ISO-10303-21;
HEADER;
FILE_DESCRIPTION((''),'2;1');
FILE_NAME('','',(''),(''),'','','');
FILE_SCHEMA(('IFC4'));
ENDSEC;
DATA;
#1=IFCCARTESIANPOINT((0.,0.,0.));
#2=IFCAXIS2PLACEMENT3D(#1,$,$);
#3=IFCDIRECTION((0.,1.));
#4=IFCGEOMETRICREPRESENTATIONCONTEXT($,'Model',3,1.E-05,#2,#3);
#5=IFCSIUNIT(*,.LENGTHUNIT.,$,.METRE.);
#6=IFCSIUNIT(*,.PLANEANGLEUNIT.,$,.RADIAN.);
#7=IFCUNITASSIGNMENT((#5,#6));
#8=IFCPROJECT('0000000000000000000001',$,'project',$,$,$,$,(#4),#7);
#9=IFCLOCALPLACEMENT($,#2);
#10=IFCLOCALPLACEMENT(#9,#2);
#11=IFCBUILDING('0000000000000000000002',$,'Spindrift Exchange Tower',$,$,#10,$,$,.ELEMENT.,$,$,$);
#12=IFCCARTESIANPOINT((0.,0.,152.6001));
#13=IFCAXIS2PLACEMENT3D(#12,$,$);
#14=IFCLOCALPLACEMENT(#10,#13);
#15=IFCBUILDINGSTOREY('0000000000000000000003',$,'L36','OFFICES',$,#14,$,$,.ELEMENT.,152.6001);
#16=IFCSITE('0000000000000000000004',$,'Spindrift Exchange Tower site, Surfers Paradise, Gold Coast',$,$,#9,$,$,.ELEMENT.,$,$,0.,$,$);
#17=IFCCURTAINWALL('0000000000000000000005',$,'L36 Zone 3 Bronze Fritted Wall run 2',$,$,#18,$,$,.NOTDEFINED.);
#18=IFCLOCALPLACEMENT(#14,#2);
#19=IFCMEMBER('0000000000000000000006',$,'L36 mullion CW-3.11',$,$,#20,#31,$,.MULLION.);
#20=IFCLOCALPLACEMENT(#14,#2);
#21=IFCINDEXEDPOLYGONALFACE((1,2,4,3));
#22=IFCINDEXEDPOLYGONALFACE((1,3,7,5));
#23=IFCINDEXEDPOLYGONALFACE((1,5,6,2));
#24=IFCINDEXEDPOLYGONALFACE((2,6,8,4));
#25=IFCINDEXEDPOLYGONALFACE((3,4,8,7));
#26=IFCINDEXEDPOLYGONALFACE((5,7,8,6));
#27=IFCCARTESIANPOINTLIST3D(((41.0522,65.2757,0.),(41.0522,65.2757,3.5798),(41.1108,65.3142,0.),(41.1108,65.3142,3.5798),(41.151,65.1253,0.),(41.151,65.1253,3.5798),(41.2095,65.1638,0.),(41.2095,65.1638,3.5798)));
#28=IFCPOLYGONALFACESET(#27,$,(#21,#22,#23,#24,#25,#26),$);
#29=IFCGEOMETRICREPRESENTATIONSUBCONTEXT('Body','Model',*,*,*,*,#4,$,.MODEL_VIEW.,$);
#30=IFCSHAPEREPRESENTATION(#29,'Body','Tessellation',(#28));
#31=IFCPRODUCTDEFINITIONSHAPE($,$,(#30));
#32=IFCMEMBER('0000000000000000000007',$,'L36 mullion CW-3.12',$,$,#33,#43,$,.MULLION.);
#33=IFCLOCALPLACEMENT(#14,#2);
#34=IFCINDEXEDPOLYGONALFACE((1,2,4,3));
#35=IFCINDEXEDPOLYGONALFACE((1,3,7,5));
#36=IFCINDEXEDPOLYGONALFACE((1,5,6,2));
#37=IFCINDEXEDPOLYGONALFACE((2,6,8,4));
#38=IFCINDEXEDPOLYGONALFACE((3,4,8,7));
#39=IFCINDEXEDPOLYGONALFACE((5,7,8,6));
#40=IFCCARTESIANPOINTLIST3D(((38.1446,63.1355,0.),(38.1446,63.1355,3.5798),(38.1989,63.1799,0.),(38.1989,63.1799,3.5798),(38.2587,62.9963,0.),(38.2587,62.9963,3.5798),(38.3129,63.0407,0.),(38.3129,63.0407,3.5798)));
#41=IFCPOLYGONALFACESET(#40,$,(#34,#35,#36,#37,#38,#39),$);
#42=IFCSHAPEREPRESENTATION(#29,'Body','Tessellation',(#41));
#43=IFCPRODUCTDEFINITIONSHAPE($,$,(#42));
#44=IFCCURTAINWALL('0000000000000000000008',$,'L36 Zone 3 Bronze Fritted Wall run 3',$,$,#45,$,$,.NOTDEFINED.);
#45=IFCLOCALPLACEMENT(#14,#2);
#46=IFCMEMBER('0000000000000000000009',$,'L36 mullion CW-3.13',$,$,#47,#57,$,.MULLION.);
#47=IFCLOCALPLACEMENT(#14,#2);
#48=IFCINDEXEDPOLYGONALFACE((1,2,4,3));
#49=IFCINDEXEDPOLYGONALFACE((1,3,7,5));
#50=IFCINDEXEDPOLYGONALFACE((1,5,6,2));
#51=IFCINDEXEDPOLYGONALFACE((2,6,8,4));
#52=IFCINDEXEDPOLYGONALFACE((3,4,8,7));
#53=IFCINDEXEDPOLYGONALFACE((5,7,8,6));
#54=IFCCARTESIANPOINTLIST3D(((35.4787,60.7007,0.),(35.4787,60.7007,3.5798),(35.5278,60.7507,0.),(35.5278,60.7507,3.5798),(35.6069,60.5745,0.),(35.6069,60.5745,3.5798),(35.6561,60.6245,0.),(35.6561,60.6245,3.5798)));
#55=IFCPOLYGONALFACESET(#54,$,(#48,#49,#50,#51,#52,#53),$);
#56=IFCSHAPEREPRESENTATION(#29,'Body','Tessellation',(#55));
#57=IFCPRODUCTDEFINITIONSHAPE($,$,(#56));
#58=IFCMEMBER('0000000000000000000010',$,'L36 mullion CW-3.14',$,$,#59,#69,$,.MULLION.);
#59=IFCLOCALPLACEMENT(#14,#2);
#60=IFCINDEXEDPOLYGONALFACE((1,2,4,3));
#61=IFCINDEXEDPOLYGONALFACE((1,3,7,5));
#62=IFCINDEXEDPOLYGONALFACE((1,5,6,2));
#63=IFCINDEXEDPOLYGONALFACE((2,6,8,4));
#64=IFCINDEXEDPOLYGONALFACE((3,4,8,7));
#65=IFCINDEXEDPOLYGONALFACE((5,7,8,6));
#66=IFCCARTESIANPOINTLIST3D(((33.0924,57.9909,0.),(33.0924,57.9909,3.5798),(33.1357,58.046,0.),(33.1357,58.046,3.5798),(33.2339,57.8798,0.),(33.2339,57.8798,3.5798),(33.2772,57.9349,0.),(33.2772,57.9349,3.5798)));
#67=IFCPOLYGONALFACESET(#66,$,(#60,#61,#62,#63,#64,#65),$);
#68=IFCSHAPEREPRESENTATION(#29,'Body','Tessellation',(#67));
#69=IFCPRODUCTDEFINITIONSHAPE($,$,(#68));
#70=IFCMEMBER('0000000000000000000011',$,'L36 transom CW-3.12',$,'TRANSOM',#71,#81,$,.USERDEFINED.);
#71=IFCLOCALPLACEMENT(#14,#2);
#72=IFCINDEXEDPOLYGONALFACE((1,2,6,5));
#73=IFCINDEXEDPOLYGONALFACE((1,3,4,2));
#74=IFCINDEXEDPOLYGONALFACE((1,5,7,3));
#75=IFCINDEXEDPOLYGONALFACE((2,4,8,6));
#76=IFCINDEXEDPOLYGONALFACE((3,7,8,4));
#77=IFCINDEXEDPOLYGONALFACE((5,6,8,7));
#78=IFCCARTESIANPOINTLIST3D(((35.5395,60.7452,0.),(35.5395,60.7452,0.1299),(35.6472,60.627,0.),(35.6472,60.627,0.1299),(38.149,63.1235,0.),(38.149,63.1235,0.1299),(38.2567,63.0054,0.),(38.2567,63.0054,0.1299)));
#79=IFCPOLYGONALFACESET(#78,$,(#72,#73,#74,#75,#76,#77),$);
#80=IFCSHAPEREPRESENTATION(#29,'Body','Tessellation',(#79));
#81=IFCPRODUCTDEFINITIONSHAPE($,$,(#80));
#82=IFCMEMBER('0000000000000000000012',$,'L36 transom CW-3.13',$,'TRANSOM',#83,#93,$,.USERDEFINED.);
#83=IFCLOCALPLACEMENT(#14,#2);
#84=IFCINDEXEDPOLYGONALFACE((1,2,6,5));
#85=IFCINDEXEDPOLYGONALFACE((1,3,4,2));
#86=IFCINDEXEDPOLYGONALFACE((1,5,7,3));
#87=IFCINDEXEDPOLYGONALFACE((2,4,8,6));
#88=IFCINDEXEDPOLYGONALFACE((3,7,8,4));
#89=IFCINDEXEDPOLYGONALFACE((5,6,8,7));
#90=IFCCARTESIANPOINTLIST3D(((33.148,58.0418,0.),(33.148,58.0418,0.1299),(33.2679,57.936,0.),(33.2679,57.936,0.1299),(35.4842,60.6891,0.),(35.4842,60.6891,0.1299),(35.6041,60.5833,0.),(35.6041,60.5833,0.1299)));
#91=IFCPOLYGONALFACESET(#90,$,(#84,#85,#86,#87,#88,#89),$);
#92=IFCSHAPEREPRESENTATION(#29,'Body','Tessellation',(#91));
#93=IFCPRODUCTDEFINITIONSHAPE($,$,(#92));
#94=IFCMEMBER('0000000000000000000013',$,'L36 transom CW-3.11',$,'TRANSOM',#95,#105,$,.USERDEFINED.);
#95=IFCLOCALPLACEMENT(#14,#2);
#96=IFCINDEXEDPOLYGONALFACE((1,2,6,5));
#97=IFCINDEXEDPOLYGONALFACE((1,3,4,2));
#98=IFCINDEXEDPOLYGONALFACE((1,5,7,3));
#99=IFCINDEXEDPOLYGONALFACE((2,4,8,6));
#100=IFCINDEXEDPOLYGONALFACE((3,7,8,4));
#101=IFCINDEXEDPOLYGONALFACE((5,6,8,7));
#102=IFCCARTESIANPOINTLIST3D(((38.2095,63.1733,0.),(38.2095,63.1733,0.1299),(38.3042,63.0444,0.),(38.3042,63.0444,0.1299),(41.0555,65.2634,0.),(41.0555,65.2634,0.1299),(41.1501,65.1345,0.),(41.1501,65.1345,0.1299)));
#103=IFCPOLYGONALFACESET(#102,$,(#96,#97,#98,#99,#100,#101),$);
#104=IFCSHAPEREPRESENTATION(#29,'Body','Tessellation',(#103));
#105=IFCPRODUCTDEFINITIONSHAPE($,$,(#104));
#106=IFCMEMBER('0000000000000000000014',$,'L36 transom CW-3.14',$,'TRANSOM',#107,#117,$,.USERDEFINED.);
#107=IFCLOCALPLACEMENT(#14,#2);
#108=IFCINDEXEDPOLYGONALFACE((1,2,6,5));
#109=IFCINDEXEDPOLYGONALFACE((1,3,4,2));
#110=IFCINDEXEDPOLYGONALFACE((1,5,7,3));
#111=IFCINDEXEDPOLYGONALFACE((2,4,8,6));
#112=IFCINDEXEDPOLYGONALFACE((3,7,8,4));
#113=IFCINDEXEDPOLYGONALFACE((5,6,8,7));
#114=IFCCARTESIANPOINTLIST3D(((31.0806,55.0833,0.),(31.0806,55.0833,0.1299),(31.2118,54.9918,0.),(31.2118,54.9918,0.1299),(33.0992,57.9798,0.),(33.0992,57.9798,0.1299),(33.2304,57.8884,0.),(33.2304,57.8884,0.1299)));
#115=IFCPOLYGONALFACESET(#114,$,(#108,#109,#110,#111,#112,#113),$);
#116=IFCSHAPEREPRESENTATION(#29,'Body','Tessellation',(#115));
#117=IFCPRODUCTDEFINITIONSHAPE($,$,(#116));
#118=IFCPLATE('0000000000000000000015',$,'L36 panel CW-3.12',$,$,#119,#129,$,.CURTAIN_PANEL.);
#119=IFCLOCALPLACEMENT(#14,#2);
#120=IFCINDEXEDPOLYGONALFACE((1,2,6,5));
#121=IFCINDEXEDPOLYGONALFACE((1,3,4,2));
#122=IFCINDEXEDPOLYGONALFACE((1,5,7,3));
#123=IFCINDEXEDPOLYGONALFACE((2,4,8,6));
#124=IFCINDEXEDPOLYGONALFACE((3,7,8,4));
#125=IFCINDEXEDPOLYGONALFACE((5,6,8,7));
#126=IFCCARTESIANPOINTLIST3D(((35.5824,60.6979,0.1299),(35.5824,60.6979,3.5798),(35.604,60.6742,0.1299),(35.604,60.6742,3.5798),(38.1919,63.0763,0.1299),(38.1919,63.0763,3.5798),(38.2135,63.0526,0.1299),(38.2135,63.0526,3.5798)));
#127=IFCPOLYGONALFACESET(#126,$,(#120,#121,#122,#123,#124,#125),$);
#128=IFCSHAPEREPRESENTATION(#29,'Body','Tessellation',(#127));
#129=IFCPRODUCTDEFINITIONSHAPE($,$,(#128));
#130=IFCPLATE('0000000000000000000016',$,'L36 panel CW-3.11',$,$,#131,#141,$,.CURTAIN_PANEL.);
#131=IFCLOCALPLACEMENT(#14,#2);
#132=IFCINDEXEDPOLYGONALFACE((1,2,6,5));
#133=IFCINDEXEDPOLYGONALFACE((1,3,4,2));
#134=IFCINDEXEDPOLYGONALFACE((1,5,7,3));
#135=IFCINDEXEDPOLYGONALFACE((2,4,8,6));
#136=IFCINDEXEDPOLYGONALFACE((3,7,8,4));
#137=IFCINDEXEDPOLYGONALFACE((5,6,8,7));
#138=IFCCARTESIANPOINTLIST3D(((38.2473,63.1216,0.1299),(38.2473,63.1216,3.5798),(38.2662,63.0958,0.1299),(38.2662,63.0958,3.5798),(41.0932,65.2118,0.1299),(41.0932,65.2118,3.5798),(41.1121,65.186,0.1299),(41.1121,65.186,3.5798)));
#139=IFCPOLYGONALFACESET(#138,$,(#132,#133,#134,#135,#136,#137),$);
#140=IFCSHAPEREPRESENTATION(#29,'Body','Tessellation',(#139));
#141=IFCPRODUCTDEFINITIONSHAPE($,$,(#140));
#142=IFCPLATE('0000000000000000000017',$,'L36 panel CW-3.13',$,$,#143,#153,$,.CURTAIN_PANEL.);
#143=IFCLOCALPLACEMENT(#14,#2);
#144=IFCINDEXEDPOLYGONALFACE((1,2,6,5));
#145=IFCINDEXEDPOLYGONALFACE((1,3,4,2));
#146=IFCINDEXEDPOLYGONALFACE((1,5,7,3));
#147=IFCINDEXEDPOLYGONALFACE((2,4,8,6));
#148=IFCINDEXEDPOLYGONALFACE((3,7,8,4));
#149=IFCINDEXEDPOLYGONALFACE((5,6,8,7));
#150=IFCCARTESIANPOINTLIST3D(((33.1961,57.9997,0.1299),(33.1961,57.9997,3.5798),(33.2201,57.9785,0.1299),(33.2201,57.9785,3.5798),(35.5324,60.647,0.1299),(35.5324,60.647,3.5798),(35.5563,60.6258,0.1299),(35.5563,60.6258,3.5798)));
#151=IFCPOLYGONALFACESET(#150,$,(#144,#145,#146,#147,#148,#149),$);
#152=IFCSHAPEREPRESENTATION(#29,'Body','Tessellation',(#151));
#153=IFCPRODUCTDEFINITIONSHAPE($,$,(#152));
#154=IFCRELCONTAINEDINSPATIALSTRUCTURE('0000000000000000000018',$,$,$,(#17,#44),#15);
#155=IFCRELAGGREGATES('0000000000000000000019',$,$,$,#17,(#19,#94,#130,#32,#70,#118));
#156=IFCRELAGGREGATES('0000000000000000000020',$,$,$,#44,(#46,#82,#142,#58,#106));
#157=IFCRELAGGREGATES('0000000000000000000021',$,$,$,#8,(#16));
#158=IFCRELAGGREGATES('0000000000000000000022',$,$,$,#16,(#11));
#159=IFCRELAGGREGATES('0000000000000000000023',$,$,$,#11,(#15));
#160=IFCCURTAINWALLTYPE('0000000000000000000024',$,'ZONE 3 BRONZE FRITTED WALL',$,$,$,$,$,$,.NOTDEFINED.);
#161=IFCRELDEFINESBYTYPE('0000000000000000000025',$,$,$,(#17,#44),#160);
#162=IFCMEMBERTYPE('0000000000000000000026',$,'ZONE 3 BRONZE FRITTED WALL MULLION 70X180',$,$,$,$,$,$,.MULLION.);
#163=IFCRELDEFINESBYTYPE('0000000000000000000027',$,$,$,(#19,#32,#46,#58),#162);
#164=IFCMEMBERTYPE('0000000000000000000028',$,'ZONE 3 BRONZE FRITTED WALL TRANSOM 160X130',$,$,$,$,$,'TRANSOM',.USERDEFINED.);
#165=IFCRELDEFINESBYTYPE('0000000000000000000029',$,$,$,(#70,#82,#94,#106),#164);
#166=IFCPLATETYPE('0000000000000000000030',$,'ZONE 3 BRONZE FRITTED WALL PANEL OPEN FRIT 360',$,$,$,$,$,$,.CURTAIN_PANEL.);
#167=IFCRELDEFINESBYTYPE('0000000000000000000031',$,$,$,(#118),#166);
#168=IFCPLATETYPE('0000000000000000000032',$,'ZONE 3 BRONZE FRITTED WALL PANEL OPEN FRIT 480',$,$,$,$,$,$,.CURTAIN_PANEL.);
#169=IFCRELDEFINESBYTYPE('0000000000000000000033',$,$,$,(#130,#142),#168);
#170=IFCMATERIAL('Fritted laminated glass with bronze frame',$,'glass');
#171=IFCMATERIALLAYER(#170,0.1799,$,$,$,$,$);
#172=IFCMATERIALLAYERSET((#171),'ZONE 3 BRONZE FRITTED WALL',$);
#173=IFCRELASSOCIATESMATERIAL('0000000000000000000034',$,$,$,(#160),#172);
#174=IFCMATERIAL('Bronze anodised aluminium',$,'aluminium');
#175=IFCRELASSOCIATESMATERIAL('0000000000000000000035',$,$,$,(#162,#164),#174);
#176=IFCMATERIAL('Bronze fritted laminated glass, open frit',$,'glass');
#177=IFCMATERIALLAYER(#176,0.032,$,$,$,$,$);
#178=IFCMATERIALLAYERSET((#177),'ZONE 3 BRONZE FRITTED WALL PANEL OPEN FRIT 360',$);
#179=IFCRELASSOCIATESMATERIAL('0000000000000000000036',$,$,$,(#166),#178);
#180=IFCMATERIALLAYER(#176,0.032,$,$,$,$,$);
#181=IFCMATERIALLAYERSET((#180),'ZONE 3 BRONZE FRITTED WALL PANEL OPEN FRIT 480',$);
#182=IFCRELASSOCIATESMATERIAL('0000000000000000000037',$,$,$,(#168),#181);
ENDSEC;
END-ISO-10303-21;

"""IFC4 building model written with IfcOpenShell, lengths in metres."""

from ifc_helpers import new_model, si_unit, direction, frame, origin, origin_2d, place, context, subcontext, project, spatial, rectangle, extrude, source, transform, mapped, material, layer, layer_set, material_profile, profile_set, type_object, element, aggregate, save


model = new_model("IFC4")

# Units and contexts
model_context = context("Model", 3, precision=1e-05, world=origin(), true_north=direction((0.0, 1.0)))
body_context = subcontext(model_context, "Body", "Model", "MODEL_VIEW")
ifc_project = project(units=[si_unit("LENGTHUNIT", "METRE"), si_unit("PLANEANGLEUNIT", "RADIAN")], contexts=[model_context])

# Site, building, storey
site_placement = place(None, origin())
site = spatial("IfcSite", under=ifc_project, at=site_placement, Name="Spindrift Exchange Tower site, Surfers Paradise, Gold Coast", CompositionType="ELEMENT", RefElevation=0.0)
building_placement = place(site_placement, origin())
building = spatial("IfcBuilding", under=site, at=building_placement, Name="Spindrift Exchange Tower", CompositionType="ELEMENT")
storey_placement = place(building_placement, frame((0.0, 0.0, 152.6001)))
storey = spatial("IfcBuildingStorey", under=building, at=storey_placement, Name="L36", Description="OFFICES", CompositionType="ELEMENT", Elevation=152.6001)

# Curtain walls, members
ifc_material_1 = material(Name="Fritted laminated glass with bronze frame", Category="glass")
ifc_layer_1 = layer(ifc_material_1, 0.1799)
ifc_layer_set_1 = layer_set([ifc_layer_1], Name="ZONE 3 BRONZE FRITTED WALL")
curtain_wall_type = type_object("IfcCurtainWallType", Name="ZONE 3 BRONZE FRITTED WALL", PredefinedType="NOTDEFINED", material=ifc_layer_set_1)
curtain_wall_1_placement = place(storey_placement, origin())
curtain_wall_1 = element("IfcCurtainWall", 1, at=curtain_wall_1_placement, inside=storey, type_object=curtain_wall_type, Name="L36 Zone 3 Bronze Fritted Wall run 2", PredefinedType="NOTDEFINED")
ifc_material_2 = material(Name="Bronze anodised aluminium", Category="aluminium")
ifc_material_profile_1 = material_profile(ifc_material_2, rectangle(XDim=0.0701, YDim=0.1799, at=origin_2d()), Name="ZONE 3 BRONZE FRITTED WALL MULLION 70X180")
ifc_profile_set_1 = profile_set([ifc_material_profile_1], Name="Bronze anodised aluminium")
member_type_1 = type_object("IfcMemberType", Name="ZONE 3 BRONZE FRITTED WALL MULLION 70X180", PredefinedType="MULLION", material=ifc_profile_set_1)
shared_shape_1 = source(origin(), body_context, "Body", "SweptSolid", [
    extrude(rectangle(XDim=0.0701, YDim=0.1799, at=origin_2d()), origin(), (0.0, 0.0, 1.0), 3.5798),
])
member_1_placement = place(storey_placement, frame((41.1309, 65.2197, 0.0), z_axis=(0.0, 0.0, 1.0), x_axis=(-0.835917, -0.548856, 0.0)))
member_1 = element("IfcMember", 2, at=member_1_placement, type_object=member_type_1, Name="L36 mullion CW-3.11", PredefinedType="MULLION", context=body_context, shape_type="MappedRepresentation", body=[
    mapped(shared_shape_1, transform((0.0, 0.0, 0.0), scale=1.0)),
])
member_2_placement = place(storey_placement, frame((38.2288, 63.0881, 0.0), z_axis=(0.0, 0.0, 1.0), x_axis=(-0.773599, -0.633675, 0.0)))
member_2 = element("IfcMember", 3, at=member_2_placement, type_object=member_type_1, Name="L36 mullion CW-3.12", PredefinedType="MULLION", context=body_context, shape_type="MappedRepresentation", body=[
    mapped(shared_shape_1, transform((0.0, 0.0, 0.0), scale=1.0)),
])
curtain_wall_2_placement = place(storey_placement, origin())
curtain_wall_2 = element("IfcCurtainWall", 4, at=curtain_wall_2_placement, inside=storey, type_object=curtain_wall_type, Name="L36 Zone 3 Bronze Fritted Wall run 3", PredefinedType="NOTDEFINED")
member_3_placement = place(storey_placement, frame((35.5674, 60.6626, 0.0), z_axis=(0.0, 0.0, 1.0), x_axis=(-0.701416, -0.712752, 0.0)))
member_3 = element("IfcMember", 5, at=member_3_placement, type_object=member_type_1, Name="L36 mullion CW-3.13", PredefinedType="MULLION", context=body_context, shape_type="MappedRepresentation", body=[
    mapped(shared_shape_1, transform((0.0, 0.0, 0.0), scale=1.0)),
])
member_4_placement = place(storey_placement, frame((33.1848, 57.9629, 0.0), z_axis=(0.0, 0.0, 1.0), x_axis=(-0.617748, -0.786376, 0.0)))
member_4 = element("IfcMember", 6, at=member_4_placement, type_object=member_type_1, Name="L36 mullion CW-3.14", PredefinedType="MULLION", context=body_context, shape_type="MappedRepresentation", body=[
    mapped(shared_shape_1, transform((0.0, 0.0, 0.0), scale=1.0)),
])

# Members
ifc_material_profile_2 = material_profile(ifc_material_2, rectangle(XDim=0.1599, YDim=0.1299, at=origin_2d()), Name="ZONE 3 BRONZE FRITTED WALL TRANSOM 160X130")
ifc_profile_set_2 = profile_set([ifc_material_profile_2], Name="Bronze anodised aluminium")
member_type_2 = type_object("IfcMemberType", Name="ZONE 3 BRONZE FRITTED WALL TRANSOM 160X130", ElementType="TRANSOM", PredefinedType="USERDEFINED", material=ifc_profile_set_2)
shared_shape_2 = source(origin(), body_context, "Body", "SweptSolid", [
    extrude(rectangle(XDim=0.1599, YDim=0.1299, at=origin_2d()), origin(), (0.0, 0.0, 1.0), 3.5308),
])
member_5_placement = place(storey_placement, frame((38.2029, 63.0645, 0.0649), z_axis=(-0.739088, -0.673608, 0.0), x_axis=(0.673608, -0.739088, 0.0)))
member_5 = element("IfcMember", 7, at=member_5_placement, type_object=member_type_2, Name="L36 transom CW-3.12", ObjectType="TRANSOM", PredefinedType="USERDEFINED", context=body_context, shape_type="MappedRepresentation", body=[
    mapped(shared_shape_2, transform((0.0, 0.0, 0.0), scale=1.0)),
])
member_6_placement = place(storey_placement, frame((35.5442, 60.6362, 0.0649), z_axis=(-0.661686, -0.749781, 0.0), x_axis=(0.749781, -0.661686, 0.0)))
member_6 = element("IfcMember", 8, at=member_6_placement, type_object=member_type_2, Name="L36 transom CW-3.13", ObjectType="TRANSOM", PredefinedType="USERDEFINED", context=body_context, shape_type="MappedRepresentation", body=[
    mapped(shared_shape_2, transform((0.0, 0.0, 0.0), scale=1.0)),
])
shared_shape_3 = source(origin(), body_context, "Body", "SweptSolid", [
    extrude(rectangle(XDim=0.1599, YDim=0.1299, at=origin_2d()), origin(), (0.0, 0.0, 1.0), 3.531),
])
member_7_placement = place(storey_placement, frame((41.1028, 65.199, 0.0649), z_axis=(-0.805992, -0.591927, 0.0), x_axis=(0.591927, -0.805992, 0.0)))
member_7 = element("IfcMember", 9, at=member_7_placement, type_object=member_type_2, Name="L36 transom CW-3.11", ObjectType="TRANSOM", PredefinedType="USERDEFINED", context=body_context, shape_type="MappedRepresentation", body=[
    mapped(shared_shape_3, transform((0.0, 0.0, 0.0), scale=1.0)),
])
shared_shape_4 = source(origin(), body_context, "Body", "SweptSolid", [
    extrude(rectangle(XDim=0.1599, YDim=0.1299, at=origin_2d()), origin(), (0.0, 0.0, 1.0), 3.5305),
])
member_8_placement = place(storey_placement, frame((33.1648, 57.9341, 0.0649), z_axis=(-0.571753, -0.820426, 0.0), x_axis=(0.820426, -0.571753, 0.0)))
member_8 = element("IfcMember", 10, at=member_8_placement, type_object=member_type_2, Name="L36 transom CW-3.14", ObjectType="TRANSOM", PredefinedType="USERDEFINED", context=body_context, shape_type="MappedRepresentation", body=[
    mapped(shared_shape_4, transform((0.0, 0.0, 0.0), scale=1.0)),
])

# Plates
ifc_material_3 = material(Name="Bronze fritted laminated glass, open frit", Category="glass")
ifc_layer_2 = layer(ifc_material_3, 0.032)
ifc_layer_set_2 = layer_set([ifc_layer_2], Name="ZONE 3 BRONZE FRITTED WALL PANEL OPEN FRIT 360")
plate_type_1 = type_object("IfcPlateType", Name="ZONE 3 BRONZE FRITTED WALL PANEL OPEN FRIT 360", PredefinedType="CURTAIN_PANEL", material=ifc_layer_set_2)
shared_shape_5 = source(origin(), body_context, "Body", "SweptSolid", [
    extrude(rectangle(XDim=3.5308, YDim=0.032, at=origin_2d()), origin(), (0.0, 0.0, 1.0), 3.45),
])
plate_1_placement = place(storey_placement, frame((36.8979, 61.8752, 0.1299), z_axis=(0.0, 0.0, 1.0), x_axis=(-0.739078, -0.67362, 0.0)))
plate_1 = element("IfcPlate", 11, at=plate_1_placement, type_object=plate_type_1, Name="L36 panel CW-3.12", PredefinedType="CURTAIN_PANEL", context=body_context, shape_type="MappedRepresentation", body=[
    mapped(shared_shape_5, transform((0.0, 0.0, 0.0), scale=1.0)),
])
ifc_layer_3 = layer(ifc_material_3, 0.032)
ifc_layer_set_3 = layer_set([ifc_layer_3], Name="ZONE 3 BRONZE FRITTED WALL PANEL OPEN FRIT 480")
plate_type_2 = type_object("IfcPlateType", Name="ZONE 3 BRONZE FRITTED WALL PANEL OPEN FRIT 480", PredefinedType="CURTAIN_PANEL", material=ifc_layer_set_3)
shared_shape_6 = source(origin(), body_context, "Body", "SweptSolid", [
    extrude(rectangle(XDim=3.531, YDim=0.032, at=origin_2d()), origin(), (0.0, 0.0, 1.0), 3.45),
])
plate_2_placement = place(storey_placement, frame((39.6797, 64.1538, 0.1299), z_axis=(0.0, 0.0, 1.0), x_axis=(-0.805965, -0.591963, 0.0)))
plate_2 = element("IfcPlate", 12, at=plate_2_placement, type_object=plate_type_2, Name="L36 panel CW-3.11", PredefinedType="CURTAIN_PANEL", context=body_context, shape_type="MappedRepresentation", body=[
    mapped(shared_shape_6, transform((0.0, 0.0, 0.0), scale=1.0)),
])
aggregate(curtain_wall_1, [member_1, member_7, plate_2, member_2, member_5, plate_1])
shared_shape_7 = source(origin(), body_context, "Body", "SweptSolid", [
    extrude(rectangle(XDim=3.5308, YDim=0.032, at=origin_2d()), origin(), (0.0, 0.0, 1.0), 3.45),
])
plate_3_placement = place(storey_placement, frame((34.3762, 59.3127, 0.1299), z_axis=(0.0, 0.0, 1.0), x_axis=(-0.661686, -0.749781, 0.0)))
plate_3 = element("IfcPlate", 13, at=plate_3_placement, type_object=plate_type_2, Name="L36 panel CW-3.13", PredefinedType="CURTAIN_PANEL", context=body_context, shape_type="MappedRepresentation", body=[
    mapped(shared_shape_7, transform((0.0, 0.0, 0.0), scale=1.0)),
])
aggregate(curtain_wall_2, [member_3, member_6, plate_3, member_4, member_8])

save(model, "model.ifc")
